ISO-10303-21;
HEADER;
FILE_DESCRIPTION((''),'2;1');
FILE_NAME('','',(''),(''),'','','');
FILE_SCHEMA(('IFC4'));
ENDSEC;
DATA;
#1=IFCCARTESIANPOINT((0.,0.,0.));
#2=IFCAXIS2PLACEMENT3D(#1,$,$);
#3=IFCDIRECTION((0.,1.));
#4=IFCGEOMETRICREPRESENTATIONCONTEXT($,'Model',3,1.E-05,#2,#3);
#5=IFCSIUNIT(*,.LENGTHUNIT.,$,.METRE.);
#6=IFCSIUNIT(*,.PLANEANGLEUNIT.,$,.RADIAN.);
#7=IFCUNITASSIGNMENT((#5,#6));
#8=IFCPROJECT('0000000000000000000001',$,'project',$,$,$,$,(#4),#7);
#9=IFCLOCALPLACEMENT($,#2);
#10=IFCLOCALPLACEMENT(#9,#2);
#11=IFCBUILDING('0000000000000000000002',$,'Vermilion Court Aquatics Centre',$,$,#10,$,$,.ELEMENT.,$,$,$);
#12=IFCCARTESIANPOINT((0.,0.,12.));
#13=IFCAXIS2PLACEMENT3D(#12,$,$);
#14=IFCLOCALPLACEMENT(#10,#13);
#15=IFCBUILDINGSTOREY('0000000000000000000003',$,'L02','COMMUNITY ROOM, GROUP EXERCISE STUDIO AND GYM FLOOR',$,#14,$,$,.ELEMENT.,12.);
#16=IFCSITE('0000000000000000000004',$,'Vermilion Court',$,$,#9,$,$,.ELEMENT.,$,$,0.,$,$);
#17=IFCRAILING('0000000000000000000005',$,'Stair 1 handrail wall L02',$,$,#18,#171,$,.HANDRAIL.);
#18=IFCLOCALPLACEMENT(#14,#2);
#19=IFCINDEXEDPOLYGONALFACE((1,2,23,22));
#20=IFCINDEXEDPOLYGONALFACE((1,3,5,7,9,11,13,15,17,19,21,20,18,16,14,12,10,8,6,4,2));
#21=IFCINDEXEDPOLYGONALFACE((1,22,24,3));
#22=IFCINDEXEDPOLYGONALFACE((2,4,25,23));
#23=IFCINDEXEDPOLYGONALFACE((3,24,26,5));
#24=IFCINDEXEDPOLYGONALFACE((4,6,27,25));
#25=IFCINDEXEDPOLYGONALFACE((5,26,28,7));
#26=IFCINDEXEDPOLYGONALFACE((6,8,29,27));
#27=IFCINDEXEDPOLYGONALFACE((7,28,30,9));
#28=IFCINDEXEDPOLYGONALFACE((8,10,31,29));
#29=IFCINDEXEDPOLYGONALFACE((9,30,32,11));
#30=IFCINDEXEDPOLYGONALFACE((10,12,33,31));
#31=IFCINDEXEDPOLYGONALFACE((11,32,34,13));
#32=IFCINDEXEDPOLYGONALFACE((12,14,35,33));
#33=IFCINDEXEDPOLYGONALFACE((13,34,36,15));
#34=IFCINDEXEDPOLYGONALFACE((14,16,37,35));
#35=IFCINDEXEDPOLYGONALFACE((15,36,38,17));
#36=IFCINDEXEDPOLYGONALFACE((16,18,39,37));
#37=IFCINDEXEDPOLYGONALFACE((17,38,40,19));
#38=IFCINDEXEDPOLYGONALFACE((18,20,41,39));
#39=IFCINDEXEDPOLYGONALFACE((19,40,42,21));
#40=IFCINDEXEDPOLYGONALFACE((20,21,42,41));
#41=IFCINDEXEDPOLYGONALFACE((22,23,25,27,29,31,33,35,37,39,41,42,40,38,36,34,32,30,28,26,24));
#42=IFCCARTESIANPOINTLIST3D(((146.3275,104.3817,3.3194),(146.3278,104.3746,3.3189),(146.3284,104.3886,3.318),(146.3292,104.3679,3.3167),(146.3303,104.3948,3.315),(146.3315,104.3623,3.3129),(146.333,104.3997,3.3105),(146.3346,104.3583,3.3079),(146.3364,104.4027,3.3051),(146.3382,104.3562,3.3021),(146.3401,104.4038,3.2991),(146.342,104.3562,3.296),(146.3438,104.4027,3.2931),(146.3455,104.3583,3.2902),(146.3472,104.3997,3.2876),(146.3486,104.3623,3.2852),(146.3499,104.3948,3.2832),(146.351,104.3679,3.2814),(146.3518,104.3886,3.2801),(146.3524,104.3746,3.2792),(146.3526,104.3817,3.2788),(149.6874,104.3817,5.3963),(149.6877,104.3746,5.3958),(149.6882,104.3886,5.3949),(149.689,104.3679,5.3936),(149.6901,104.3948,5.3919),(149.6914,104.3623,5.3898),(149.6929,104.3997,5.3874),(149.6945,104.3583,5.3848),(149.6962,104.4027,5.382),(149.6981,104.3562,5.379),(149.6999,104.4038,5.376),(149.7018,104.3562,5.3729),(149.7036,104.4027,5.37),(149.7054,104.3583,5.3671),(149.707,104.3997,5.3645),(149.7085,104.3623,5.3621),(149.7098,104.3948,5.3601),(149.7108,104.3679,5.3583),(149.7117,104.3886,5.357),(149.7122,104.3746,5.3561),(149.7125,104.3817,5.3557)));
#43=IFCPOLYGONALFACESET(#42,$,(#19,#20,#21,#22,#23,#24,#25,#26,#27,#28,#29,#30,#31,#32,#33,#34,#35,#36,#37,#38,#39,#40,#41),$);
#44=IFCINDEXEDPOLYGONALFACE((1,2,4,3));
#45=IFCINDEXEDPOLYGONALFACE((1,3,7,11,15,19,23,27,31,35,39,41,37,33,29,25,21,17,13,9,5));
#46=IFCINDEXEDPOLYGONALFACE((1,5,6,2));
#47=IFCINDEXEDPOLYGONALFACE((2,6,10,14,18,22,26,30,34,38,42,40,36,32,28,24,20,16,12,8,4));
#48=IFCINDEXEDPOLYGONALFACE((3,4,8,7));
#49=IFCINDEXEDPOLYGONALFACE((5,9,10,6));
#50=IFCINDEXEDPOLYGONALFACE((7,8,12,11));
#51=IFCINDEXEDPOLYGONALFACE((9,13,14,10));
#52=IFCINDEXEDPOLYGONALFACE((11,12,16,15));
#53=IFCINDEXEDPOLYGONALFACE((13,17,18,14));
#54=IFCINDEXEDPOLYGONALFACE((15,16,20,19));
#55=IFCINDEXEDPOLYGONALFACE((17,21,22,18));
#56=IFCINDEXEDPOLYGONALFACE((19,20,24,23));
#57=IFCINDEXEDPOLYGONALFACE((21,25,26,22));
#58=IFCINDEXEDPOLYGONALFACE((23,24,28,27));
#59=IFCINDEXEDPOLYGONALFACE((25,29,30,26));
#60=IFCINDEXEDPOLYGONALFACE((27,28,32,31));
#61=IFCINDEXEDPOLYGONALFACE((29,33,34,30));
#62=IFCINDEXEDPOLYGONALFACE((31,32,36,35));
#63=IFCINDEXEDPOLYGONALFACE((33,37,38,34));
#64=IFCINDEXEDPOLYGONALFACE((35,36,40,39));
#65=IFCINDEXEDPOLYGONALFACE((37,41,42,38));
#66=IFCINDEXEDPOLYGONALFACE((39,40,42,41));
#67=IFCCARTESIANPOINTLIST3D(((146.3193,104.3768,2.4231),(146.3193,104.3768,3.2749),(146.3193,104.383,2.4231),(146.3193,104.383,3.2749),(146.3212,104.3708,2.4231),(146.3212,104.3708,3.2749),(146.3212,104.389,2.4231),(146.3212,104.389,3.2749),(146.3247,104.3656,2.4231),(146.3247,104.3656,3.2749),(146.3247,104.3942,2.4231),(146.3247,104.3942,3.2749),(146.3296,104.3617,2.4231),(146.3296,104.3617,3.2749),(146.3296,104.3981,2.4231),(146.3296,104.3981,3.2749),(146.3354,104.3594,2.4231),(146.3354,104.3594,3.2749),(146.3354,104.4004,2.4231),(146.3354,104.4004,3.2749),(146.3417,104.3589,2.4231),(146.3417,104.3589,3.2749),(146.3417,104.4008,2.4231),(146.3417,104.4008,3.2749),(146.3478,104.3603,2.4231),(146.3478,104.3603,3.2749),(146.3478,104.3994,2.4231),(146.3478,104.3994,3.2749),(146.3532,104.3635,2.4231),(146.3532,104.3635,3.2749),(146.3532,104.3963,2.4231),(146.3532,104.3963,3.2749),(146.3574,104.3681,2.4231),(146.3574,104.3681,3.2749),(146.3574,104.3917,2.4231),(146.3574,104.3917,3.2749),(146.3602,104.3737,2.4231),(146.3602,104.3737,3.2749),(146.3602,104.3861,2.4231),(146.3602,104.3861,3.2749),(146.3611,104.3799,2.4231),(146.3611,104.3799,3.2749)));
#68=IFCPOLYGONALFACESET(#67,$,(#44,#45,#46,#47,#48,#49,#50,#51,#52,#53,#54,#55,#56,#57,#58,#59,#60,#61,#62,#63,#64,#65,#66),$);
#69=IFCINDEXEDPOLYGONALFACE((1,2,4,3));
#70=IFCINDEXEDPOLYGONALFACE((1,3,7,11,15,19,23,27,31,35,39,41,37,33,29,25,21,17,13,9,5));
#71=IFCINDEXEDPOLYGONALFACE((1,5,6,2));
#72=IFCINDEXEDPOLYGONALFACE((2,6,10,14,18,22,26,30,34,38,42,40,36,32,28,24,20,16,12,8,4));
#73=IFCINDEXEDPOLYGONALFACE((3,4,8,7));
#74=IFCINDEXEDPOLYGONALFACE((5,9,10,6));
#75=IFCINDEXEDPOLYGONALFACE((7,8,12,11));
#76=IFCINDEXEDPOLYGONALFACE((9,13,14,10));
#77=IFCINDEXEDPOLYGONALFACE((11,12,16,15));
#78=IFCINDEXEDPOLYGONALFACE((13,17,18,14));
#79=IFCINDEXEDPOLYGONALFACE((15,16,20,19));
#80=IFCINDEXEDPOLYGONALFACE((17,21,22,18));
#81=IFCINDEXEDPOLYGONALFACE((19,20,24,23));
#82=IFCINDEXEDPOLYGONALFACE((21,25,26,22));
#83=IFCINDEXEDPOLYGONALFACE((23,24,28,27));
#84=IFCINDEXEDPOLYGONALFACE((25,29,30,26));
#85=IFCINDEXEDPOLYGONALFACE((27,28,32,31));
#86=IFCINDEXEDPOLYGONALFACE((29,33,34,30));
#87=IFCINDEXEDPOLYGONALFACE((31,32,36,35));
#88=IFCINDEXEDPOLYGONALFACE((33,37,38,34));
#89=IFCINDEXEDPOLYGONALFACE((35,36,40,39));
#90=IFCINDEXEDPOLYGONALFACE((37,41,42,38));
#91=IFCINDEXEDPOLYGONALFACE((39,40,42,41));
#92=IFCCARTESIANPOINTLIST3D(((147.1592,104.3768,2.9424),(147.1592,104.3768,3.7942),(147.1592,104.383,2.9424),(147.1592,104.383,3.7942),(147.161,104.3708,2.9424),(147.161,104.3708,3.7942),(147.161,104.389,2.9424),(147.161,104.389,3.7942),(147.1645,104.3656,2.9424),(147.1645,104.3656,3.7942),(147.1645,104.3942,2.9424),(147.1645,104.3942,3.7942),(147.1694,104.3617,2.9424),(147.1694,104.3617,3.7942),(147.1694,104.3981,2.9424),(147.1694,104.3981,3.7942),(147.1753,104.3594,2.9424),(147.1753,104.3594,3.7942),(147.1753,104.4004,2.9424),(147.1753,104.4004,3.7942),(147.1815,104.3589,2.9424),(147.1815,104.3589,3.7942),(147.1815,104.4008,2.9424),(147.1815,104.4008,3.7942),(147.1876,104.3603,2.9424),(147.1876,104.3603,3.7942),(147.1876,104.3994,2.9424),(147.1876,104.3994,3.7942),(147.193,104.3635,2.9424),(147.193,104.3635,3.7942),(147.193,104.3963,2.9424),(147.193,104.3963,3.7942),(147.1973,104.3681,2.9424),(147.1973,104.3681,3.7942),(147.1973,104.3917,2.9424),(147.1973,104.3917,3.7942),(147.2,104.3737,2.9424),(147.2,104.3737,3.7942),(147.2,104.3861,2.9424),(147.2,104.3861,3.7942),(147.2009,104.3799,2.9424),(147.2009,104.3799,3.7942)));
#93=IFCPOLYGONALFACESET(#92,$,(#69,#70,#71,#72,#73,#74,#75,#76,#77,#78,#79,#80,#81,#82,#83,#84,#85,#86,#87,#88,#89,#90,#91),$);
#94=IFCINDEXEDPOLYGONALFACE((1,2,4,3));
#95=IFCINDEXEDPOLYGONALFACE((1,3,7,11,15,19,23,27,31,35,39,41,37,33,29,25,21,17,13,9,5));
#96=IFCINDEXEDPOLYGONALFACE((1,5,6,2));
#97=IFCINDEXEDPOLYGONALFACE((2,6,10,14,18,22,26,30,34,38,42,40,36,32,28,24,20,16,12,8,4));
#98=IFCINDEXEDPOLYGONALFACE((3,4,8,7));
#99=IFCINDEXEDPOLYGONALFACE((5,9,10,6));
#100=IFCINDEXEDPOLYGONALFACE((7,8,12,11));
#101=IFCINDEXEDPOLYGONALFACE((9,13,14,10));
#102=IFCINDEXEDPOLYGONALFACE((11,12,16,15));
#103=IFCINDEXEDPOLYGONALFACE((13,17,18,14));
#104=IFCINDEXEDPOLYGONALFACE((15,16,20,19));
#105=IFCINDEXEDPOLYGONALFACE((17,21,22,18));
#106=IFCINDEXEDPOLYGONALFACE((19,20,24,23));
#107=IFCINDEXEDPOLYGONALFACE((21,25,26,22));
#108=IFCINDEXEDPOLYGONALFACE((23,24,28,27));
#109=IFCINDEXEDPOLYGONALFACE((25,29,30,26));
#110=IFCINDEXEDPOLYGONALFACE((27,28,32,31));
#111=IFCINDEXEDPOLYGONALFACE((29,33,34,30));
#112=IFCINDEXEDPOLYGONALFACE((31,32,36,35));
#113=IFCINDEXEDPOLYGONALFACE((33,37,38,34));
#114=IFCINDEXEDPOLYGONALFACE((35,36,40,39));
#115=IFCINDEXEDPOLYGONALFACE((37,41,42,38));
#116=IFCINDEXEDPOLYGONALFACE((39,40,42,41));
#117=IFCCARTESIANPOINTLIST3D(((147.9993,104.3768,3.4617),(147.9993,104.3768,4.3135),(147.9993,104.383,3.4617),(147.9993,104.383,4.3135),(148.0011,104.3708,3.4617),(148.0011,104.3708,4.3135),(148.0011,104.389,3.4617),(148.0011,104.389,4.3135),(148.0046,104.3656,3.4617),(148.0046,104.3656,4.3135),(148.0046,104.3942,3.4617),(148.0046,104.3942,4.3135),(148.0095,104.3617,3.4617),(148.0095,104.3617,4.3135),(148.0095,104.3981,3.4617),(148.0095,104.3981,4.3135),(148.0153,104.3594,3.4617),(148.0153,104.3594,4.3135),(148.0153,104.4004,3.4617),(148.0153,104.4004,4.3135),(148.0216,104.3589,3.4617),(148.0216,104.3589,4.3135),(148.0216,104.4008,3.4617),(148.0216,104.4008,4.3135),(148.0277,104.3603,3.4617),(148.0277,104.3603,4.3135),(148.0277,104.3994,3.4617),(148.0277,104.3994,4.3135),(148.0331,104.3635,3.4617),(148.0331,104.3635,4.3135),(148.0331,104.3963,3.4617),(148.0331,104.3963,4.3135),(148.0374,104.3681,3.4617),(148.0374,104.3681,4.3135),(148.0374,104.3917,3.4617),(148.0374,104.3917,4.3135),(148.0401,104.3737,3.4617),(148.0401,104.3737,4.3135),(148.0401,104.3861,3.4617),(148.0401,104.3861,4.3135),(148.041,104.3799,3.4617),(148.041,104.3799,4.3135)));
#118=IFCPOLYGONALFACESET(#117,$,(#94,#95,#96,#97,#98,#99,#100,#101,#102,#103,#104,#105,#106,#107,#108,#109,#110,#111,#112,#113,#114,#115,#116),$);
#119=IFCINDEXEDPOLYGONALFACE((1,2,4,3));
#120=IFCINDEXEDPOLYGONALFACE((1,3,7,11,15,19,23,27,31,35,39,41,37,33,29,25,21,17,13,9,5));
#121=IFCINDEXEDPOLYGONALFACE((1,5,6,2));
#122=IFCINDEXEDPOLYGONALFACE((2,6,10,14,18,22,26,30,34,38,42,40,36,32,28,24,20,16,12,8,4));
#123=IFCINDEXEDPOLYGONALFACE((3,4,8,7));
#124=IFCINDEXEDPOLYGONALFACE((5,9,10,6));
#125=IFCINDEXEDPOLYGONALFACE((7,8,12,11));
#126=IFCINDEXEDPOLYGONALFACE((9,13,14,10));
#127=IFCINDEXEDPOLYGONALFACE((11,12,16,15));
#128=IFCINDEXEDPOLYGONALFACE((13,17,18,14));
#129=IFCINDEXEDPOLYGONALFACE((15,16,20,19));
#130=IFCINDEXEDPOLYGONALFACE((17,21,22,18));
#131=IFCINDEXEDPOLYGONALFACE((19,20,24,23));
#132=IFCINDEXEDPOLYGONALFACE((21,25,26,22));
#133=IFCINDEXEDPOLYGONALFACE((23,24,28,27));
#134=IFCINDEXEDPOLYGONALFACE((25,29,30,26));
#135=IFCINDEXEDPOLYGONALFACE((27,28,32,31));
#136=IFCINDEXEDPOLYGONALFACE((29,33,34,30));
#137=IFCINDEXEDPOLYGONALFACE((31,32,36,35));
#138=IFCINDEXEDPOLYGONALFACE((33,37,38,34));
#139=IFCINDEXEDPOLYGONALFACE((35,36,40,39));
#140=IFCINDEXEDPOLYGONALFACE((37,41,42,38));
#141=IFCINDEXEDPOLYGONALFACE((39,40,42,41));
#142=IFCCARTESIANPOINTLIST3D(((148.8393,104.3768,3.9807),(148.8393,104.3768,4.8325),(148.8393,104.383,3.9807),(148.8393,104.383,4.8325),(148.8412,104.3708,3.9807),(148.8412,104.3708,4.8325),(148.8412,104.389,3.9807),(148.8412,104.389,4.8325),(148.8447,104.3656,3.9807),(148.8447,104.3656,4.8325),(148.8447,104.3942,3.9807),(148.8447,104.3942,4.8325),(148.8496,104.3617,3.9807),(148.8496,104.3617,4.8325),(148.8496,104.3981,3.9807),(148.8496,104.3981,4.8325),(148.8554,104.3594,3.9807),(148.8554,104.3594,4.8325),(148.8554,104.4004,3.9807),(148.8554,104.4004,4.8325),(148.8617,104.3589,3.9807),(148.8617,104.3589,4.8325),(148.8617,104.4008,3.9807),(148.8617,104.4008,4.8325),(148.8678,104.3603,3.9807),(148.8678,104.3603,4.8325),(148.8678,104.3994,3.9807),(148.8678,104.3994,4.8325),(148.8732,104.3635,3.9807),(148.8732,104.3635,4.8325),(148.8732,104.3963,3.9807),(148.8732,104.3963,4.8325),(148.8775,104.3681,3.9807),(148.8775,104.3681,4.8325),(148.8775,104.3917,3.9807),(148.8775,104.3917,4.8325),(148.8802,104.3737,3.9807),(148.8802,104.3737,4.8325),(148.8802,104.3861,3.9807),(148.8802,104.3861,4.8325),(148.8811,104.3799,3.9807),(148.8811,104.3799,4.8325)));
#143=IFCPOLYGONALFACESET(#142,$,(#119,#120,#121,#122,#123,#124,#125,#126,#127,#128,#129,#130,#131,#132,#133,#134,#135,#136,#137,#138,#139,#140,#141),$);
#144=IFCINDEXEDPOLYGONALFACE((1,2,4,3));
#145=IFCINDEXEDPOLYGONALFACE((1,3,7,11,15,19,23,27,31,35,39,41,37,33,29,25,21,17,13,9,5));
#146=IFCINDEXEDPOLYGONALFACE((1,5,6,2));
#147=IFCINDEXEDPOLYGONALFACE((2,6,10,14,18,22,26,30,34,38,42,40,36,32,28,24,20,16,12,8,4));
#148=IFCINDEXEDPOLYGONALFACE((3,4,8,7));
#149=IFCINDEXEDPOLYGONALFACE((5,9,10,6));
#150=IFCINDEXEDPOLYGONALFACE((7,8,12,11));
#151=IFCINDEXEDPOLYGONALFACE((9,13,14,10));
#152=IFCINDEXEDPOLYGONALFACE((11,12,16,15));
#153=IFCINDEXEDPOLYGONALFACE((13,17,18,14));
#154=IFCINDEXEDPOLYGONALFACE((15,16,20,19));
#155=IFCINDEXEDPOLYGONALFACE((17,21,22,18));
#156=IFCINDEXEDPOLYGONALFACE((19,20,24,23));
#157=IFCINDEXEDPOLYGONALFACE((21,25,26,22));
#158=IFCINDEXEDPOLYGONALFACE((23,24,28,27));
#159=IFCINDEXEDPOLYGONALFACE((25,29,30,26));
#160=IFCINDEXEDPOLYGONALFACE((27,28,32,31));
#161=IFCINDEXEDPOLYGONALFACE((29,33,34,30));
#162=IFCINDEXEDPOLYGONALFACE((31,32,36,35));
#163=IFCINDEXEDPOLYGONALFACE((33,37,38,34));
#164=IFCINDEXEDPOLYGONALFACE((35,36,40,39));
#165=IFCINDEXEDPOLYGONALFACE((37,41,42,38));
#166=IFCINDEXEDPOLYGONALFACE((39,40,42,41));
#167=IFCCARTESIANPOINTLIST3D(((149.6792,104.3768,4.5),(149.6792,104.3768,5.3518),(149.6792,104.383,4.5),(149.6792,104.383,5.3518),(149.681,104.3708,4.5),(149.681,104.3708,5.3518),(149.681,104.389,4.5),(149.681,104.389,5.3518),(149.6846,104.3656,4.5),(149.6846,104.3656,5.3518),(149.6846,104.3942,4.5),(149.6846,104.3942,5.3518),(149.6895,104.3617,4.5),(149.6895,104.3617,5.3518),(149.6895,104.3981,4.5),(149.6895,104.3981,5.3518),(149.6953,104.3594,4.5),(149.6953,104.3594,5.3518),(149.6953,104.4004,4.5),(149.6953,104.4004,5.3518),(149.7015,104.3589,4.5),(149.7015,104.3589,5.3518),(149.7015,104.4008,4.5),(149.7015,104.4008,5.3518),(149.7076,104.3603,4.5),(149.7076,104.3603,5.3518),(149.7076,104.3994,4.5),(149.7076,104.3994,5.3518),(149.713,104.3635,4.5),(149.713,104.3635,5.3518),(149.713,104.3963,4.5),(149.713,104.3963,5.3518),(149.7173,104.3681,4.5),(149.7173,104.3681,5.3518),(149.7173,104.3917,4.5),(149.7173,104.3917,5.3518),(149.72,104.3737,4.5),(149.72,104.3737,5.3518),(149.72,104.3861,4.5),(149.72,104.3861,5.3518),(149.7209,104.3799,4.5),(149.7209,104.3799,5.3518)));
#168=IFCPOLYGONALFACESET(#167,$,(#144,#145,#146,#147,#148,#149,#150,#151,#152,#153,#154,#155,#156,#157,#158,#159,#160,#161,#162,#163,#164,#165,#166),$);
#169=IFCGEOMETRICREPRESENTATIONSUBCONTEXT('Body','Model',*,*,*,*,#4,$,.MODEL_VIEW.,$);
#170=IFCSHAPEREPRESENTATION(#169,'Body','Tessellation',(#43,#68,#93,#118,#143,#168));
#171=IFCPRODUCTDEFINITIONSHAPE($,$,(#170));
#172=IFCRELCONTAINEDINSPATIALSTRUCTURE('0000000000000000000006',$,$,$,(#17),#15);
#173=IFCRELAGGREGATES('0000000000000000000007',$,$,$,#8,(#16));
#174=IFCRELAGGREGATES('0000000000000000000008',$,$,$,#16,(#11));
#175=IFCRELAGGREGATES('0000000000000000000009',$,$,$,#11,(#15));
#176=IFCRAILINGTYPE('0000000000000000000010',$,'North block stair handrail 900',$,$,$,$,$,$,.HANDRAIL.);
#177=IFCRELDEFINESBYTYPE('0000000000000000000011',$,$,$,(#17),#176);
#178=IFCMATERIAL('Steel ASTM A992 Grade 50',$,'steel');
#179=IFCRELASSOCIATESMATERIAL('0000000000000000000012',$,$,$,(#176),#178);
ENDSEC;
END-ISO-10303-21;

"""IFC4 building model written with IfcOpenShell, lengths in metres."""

from ifc_helpers import new_model, si_unit, direction, frame, origin, origin_2d, place, context, subcontext, project, spatial, circle, extrude, material, type_object, element, save


model = new_model("IFC4")

# Units and contexts
model_context = context("Model", 3, precision=1e-05, world=origin(), true_north=direction((0.0, 1.0)))
body_context = subcontext(model_context, "Body", "Model", "MODEL_VIEW")
ifc_project = project(units=[si_unit("LENGTHUNIT", "METRE"), si_unit("PLANEANGLEUNIT", "RADIAN")], contexts=[model_context])

# Site, building, storey
site_placement = place(None, origin())
site = spatial("IfcSite", under=ifc_project, at=site_placement, Name="Vermilion Court", CompositionType="ELEMENT", RefElevation=0.0)
building_placement = place(site_placement, origin())
building = spatial("IfcBuilding", under=site, at=building_placement, Name="Vermilion Court Aquatics Centre", CompositionType="ELEMENT")
storey_placement = place(building_placement, frame((0.0, 0.0, 12.0)))
storey = spatial("IfcBuildingStorey", under=building, at=storey_placement, Name="L02", Description="COMMUNITY ROOM, GROUP EXERCISE STUDIO AND GYM FLOOR", CompositionType="ELEMENT", Elevation=12.0)

# Railing
ifc_material_1 = material(Name="Steel ASTM A992 Grade 50", Category="steel")
railing_type_1 = type_object("IfcRailingType", Name="North block stair handrail 900", PredefinedType="HANDRAIL", material=ifc_material_1)
for number, where, name in (
    (1, (146.3401, 104.3799, 2.4231), "Stair 1 handrail wall L02"),
):
    element("IfcRailing", number, at=place(storey_placement, frame(where)), inside=storey, type_object=railing_type_1, Name=name, PredefinedType="HANDRAIL", context=body_context, shape_type="SweptSolid", body=[
        extrude(circle(Radius=0.0239, at=origin_2d()), frame((0.0, 0.0, 0.876), z_axis=(0.850606, 0.0, 0.525803), x_axis=(0.0, 1.0, 0.0)), (0.0, 0.0, 1.0), 3.95),
        extrude(circle(Radius=0.021, at=origin_2d()), origin(), (0.0, 0.0, 1.0), 0.8518),
        extrude(circle(Radius=0.021, at=origin_2d()), frame((0.8398, 0.0, 0.5193)), (0.0, 0.0, 1.0), 0.8518),
        extrude(circle(Radius=0.021, at=origin_2d()), frame((1.6799, 0.0, 1.0386)), (0.0, 0.0, 1.0), 0.8518),
        extrude(circle(Radius=0.021, at=origin_2d()), frame((2.52, 0.0, 1.5576)), (0.0, 0.0, 1.0), 0.8518),
        extrude(circle(Radius=0.021, at=origin_2d()), frame((3.3599, 0.0, 2.0769)), (0.0, 0.0, 1.0), 0.8518),
    ])

save(model, "model.ifc")
